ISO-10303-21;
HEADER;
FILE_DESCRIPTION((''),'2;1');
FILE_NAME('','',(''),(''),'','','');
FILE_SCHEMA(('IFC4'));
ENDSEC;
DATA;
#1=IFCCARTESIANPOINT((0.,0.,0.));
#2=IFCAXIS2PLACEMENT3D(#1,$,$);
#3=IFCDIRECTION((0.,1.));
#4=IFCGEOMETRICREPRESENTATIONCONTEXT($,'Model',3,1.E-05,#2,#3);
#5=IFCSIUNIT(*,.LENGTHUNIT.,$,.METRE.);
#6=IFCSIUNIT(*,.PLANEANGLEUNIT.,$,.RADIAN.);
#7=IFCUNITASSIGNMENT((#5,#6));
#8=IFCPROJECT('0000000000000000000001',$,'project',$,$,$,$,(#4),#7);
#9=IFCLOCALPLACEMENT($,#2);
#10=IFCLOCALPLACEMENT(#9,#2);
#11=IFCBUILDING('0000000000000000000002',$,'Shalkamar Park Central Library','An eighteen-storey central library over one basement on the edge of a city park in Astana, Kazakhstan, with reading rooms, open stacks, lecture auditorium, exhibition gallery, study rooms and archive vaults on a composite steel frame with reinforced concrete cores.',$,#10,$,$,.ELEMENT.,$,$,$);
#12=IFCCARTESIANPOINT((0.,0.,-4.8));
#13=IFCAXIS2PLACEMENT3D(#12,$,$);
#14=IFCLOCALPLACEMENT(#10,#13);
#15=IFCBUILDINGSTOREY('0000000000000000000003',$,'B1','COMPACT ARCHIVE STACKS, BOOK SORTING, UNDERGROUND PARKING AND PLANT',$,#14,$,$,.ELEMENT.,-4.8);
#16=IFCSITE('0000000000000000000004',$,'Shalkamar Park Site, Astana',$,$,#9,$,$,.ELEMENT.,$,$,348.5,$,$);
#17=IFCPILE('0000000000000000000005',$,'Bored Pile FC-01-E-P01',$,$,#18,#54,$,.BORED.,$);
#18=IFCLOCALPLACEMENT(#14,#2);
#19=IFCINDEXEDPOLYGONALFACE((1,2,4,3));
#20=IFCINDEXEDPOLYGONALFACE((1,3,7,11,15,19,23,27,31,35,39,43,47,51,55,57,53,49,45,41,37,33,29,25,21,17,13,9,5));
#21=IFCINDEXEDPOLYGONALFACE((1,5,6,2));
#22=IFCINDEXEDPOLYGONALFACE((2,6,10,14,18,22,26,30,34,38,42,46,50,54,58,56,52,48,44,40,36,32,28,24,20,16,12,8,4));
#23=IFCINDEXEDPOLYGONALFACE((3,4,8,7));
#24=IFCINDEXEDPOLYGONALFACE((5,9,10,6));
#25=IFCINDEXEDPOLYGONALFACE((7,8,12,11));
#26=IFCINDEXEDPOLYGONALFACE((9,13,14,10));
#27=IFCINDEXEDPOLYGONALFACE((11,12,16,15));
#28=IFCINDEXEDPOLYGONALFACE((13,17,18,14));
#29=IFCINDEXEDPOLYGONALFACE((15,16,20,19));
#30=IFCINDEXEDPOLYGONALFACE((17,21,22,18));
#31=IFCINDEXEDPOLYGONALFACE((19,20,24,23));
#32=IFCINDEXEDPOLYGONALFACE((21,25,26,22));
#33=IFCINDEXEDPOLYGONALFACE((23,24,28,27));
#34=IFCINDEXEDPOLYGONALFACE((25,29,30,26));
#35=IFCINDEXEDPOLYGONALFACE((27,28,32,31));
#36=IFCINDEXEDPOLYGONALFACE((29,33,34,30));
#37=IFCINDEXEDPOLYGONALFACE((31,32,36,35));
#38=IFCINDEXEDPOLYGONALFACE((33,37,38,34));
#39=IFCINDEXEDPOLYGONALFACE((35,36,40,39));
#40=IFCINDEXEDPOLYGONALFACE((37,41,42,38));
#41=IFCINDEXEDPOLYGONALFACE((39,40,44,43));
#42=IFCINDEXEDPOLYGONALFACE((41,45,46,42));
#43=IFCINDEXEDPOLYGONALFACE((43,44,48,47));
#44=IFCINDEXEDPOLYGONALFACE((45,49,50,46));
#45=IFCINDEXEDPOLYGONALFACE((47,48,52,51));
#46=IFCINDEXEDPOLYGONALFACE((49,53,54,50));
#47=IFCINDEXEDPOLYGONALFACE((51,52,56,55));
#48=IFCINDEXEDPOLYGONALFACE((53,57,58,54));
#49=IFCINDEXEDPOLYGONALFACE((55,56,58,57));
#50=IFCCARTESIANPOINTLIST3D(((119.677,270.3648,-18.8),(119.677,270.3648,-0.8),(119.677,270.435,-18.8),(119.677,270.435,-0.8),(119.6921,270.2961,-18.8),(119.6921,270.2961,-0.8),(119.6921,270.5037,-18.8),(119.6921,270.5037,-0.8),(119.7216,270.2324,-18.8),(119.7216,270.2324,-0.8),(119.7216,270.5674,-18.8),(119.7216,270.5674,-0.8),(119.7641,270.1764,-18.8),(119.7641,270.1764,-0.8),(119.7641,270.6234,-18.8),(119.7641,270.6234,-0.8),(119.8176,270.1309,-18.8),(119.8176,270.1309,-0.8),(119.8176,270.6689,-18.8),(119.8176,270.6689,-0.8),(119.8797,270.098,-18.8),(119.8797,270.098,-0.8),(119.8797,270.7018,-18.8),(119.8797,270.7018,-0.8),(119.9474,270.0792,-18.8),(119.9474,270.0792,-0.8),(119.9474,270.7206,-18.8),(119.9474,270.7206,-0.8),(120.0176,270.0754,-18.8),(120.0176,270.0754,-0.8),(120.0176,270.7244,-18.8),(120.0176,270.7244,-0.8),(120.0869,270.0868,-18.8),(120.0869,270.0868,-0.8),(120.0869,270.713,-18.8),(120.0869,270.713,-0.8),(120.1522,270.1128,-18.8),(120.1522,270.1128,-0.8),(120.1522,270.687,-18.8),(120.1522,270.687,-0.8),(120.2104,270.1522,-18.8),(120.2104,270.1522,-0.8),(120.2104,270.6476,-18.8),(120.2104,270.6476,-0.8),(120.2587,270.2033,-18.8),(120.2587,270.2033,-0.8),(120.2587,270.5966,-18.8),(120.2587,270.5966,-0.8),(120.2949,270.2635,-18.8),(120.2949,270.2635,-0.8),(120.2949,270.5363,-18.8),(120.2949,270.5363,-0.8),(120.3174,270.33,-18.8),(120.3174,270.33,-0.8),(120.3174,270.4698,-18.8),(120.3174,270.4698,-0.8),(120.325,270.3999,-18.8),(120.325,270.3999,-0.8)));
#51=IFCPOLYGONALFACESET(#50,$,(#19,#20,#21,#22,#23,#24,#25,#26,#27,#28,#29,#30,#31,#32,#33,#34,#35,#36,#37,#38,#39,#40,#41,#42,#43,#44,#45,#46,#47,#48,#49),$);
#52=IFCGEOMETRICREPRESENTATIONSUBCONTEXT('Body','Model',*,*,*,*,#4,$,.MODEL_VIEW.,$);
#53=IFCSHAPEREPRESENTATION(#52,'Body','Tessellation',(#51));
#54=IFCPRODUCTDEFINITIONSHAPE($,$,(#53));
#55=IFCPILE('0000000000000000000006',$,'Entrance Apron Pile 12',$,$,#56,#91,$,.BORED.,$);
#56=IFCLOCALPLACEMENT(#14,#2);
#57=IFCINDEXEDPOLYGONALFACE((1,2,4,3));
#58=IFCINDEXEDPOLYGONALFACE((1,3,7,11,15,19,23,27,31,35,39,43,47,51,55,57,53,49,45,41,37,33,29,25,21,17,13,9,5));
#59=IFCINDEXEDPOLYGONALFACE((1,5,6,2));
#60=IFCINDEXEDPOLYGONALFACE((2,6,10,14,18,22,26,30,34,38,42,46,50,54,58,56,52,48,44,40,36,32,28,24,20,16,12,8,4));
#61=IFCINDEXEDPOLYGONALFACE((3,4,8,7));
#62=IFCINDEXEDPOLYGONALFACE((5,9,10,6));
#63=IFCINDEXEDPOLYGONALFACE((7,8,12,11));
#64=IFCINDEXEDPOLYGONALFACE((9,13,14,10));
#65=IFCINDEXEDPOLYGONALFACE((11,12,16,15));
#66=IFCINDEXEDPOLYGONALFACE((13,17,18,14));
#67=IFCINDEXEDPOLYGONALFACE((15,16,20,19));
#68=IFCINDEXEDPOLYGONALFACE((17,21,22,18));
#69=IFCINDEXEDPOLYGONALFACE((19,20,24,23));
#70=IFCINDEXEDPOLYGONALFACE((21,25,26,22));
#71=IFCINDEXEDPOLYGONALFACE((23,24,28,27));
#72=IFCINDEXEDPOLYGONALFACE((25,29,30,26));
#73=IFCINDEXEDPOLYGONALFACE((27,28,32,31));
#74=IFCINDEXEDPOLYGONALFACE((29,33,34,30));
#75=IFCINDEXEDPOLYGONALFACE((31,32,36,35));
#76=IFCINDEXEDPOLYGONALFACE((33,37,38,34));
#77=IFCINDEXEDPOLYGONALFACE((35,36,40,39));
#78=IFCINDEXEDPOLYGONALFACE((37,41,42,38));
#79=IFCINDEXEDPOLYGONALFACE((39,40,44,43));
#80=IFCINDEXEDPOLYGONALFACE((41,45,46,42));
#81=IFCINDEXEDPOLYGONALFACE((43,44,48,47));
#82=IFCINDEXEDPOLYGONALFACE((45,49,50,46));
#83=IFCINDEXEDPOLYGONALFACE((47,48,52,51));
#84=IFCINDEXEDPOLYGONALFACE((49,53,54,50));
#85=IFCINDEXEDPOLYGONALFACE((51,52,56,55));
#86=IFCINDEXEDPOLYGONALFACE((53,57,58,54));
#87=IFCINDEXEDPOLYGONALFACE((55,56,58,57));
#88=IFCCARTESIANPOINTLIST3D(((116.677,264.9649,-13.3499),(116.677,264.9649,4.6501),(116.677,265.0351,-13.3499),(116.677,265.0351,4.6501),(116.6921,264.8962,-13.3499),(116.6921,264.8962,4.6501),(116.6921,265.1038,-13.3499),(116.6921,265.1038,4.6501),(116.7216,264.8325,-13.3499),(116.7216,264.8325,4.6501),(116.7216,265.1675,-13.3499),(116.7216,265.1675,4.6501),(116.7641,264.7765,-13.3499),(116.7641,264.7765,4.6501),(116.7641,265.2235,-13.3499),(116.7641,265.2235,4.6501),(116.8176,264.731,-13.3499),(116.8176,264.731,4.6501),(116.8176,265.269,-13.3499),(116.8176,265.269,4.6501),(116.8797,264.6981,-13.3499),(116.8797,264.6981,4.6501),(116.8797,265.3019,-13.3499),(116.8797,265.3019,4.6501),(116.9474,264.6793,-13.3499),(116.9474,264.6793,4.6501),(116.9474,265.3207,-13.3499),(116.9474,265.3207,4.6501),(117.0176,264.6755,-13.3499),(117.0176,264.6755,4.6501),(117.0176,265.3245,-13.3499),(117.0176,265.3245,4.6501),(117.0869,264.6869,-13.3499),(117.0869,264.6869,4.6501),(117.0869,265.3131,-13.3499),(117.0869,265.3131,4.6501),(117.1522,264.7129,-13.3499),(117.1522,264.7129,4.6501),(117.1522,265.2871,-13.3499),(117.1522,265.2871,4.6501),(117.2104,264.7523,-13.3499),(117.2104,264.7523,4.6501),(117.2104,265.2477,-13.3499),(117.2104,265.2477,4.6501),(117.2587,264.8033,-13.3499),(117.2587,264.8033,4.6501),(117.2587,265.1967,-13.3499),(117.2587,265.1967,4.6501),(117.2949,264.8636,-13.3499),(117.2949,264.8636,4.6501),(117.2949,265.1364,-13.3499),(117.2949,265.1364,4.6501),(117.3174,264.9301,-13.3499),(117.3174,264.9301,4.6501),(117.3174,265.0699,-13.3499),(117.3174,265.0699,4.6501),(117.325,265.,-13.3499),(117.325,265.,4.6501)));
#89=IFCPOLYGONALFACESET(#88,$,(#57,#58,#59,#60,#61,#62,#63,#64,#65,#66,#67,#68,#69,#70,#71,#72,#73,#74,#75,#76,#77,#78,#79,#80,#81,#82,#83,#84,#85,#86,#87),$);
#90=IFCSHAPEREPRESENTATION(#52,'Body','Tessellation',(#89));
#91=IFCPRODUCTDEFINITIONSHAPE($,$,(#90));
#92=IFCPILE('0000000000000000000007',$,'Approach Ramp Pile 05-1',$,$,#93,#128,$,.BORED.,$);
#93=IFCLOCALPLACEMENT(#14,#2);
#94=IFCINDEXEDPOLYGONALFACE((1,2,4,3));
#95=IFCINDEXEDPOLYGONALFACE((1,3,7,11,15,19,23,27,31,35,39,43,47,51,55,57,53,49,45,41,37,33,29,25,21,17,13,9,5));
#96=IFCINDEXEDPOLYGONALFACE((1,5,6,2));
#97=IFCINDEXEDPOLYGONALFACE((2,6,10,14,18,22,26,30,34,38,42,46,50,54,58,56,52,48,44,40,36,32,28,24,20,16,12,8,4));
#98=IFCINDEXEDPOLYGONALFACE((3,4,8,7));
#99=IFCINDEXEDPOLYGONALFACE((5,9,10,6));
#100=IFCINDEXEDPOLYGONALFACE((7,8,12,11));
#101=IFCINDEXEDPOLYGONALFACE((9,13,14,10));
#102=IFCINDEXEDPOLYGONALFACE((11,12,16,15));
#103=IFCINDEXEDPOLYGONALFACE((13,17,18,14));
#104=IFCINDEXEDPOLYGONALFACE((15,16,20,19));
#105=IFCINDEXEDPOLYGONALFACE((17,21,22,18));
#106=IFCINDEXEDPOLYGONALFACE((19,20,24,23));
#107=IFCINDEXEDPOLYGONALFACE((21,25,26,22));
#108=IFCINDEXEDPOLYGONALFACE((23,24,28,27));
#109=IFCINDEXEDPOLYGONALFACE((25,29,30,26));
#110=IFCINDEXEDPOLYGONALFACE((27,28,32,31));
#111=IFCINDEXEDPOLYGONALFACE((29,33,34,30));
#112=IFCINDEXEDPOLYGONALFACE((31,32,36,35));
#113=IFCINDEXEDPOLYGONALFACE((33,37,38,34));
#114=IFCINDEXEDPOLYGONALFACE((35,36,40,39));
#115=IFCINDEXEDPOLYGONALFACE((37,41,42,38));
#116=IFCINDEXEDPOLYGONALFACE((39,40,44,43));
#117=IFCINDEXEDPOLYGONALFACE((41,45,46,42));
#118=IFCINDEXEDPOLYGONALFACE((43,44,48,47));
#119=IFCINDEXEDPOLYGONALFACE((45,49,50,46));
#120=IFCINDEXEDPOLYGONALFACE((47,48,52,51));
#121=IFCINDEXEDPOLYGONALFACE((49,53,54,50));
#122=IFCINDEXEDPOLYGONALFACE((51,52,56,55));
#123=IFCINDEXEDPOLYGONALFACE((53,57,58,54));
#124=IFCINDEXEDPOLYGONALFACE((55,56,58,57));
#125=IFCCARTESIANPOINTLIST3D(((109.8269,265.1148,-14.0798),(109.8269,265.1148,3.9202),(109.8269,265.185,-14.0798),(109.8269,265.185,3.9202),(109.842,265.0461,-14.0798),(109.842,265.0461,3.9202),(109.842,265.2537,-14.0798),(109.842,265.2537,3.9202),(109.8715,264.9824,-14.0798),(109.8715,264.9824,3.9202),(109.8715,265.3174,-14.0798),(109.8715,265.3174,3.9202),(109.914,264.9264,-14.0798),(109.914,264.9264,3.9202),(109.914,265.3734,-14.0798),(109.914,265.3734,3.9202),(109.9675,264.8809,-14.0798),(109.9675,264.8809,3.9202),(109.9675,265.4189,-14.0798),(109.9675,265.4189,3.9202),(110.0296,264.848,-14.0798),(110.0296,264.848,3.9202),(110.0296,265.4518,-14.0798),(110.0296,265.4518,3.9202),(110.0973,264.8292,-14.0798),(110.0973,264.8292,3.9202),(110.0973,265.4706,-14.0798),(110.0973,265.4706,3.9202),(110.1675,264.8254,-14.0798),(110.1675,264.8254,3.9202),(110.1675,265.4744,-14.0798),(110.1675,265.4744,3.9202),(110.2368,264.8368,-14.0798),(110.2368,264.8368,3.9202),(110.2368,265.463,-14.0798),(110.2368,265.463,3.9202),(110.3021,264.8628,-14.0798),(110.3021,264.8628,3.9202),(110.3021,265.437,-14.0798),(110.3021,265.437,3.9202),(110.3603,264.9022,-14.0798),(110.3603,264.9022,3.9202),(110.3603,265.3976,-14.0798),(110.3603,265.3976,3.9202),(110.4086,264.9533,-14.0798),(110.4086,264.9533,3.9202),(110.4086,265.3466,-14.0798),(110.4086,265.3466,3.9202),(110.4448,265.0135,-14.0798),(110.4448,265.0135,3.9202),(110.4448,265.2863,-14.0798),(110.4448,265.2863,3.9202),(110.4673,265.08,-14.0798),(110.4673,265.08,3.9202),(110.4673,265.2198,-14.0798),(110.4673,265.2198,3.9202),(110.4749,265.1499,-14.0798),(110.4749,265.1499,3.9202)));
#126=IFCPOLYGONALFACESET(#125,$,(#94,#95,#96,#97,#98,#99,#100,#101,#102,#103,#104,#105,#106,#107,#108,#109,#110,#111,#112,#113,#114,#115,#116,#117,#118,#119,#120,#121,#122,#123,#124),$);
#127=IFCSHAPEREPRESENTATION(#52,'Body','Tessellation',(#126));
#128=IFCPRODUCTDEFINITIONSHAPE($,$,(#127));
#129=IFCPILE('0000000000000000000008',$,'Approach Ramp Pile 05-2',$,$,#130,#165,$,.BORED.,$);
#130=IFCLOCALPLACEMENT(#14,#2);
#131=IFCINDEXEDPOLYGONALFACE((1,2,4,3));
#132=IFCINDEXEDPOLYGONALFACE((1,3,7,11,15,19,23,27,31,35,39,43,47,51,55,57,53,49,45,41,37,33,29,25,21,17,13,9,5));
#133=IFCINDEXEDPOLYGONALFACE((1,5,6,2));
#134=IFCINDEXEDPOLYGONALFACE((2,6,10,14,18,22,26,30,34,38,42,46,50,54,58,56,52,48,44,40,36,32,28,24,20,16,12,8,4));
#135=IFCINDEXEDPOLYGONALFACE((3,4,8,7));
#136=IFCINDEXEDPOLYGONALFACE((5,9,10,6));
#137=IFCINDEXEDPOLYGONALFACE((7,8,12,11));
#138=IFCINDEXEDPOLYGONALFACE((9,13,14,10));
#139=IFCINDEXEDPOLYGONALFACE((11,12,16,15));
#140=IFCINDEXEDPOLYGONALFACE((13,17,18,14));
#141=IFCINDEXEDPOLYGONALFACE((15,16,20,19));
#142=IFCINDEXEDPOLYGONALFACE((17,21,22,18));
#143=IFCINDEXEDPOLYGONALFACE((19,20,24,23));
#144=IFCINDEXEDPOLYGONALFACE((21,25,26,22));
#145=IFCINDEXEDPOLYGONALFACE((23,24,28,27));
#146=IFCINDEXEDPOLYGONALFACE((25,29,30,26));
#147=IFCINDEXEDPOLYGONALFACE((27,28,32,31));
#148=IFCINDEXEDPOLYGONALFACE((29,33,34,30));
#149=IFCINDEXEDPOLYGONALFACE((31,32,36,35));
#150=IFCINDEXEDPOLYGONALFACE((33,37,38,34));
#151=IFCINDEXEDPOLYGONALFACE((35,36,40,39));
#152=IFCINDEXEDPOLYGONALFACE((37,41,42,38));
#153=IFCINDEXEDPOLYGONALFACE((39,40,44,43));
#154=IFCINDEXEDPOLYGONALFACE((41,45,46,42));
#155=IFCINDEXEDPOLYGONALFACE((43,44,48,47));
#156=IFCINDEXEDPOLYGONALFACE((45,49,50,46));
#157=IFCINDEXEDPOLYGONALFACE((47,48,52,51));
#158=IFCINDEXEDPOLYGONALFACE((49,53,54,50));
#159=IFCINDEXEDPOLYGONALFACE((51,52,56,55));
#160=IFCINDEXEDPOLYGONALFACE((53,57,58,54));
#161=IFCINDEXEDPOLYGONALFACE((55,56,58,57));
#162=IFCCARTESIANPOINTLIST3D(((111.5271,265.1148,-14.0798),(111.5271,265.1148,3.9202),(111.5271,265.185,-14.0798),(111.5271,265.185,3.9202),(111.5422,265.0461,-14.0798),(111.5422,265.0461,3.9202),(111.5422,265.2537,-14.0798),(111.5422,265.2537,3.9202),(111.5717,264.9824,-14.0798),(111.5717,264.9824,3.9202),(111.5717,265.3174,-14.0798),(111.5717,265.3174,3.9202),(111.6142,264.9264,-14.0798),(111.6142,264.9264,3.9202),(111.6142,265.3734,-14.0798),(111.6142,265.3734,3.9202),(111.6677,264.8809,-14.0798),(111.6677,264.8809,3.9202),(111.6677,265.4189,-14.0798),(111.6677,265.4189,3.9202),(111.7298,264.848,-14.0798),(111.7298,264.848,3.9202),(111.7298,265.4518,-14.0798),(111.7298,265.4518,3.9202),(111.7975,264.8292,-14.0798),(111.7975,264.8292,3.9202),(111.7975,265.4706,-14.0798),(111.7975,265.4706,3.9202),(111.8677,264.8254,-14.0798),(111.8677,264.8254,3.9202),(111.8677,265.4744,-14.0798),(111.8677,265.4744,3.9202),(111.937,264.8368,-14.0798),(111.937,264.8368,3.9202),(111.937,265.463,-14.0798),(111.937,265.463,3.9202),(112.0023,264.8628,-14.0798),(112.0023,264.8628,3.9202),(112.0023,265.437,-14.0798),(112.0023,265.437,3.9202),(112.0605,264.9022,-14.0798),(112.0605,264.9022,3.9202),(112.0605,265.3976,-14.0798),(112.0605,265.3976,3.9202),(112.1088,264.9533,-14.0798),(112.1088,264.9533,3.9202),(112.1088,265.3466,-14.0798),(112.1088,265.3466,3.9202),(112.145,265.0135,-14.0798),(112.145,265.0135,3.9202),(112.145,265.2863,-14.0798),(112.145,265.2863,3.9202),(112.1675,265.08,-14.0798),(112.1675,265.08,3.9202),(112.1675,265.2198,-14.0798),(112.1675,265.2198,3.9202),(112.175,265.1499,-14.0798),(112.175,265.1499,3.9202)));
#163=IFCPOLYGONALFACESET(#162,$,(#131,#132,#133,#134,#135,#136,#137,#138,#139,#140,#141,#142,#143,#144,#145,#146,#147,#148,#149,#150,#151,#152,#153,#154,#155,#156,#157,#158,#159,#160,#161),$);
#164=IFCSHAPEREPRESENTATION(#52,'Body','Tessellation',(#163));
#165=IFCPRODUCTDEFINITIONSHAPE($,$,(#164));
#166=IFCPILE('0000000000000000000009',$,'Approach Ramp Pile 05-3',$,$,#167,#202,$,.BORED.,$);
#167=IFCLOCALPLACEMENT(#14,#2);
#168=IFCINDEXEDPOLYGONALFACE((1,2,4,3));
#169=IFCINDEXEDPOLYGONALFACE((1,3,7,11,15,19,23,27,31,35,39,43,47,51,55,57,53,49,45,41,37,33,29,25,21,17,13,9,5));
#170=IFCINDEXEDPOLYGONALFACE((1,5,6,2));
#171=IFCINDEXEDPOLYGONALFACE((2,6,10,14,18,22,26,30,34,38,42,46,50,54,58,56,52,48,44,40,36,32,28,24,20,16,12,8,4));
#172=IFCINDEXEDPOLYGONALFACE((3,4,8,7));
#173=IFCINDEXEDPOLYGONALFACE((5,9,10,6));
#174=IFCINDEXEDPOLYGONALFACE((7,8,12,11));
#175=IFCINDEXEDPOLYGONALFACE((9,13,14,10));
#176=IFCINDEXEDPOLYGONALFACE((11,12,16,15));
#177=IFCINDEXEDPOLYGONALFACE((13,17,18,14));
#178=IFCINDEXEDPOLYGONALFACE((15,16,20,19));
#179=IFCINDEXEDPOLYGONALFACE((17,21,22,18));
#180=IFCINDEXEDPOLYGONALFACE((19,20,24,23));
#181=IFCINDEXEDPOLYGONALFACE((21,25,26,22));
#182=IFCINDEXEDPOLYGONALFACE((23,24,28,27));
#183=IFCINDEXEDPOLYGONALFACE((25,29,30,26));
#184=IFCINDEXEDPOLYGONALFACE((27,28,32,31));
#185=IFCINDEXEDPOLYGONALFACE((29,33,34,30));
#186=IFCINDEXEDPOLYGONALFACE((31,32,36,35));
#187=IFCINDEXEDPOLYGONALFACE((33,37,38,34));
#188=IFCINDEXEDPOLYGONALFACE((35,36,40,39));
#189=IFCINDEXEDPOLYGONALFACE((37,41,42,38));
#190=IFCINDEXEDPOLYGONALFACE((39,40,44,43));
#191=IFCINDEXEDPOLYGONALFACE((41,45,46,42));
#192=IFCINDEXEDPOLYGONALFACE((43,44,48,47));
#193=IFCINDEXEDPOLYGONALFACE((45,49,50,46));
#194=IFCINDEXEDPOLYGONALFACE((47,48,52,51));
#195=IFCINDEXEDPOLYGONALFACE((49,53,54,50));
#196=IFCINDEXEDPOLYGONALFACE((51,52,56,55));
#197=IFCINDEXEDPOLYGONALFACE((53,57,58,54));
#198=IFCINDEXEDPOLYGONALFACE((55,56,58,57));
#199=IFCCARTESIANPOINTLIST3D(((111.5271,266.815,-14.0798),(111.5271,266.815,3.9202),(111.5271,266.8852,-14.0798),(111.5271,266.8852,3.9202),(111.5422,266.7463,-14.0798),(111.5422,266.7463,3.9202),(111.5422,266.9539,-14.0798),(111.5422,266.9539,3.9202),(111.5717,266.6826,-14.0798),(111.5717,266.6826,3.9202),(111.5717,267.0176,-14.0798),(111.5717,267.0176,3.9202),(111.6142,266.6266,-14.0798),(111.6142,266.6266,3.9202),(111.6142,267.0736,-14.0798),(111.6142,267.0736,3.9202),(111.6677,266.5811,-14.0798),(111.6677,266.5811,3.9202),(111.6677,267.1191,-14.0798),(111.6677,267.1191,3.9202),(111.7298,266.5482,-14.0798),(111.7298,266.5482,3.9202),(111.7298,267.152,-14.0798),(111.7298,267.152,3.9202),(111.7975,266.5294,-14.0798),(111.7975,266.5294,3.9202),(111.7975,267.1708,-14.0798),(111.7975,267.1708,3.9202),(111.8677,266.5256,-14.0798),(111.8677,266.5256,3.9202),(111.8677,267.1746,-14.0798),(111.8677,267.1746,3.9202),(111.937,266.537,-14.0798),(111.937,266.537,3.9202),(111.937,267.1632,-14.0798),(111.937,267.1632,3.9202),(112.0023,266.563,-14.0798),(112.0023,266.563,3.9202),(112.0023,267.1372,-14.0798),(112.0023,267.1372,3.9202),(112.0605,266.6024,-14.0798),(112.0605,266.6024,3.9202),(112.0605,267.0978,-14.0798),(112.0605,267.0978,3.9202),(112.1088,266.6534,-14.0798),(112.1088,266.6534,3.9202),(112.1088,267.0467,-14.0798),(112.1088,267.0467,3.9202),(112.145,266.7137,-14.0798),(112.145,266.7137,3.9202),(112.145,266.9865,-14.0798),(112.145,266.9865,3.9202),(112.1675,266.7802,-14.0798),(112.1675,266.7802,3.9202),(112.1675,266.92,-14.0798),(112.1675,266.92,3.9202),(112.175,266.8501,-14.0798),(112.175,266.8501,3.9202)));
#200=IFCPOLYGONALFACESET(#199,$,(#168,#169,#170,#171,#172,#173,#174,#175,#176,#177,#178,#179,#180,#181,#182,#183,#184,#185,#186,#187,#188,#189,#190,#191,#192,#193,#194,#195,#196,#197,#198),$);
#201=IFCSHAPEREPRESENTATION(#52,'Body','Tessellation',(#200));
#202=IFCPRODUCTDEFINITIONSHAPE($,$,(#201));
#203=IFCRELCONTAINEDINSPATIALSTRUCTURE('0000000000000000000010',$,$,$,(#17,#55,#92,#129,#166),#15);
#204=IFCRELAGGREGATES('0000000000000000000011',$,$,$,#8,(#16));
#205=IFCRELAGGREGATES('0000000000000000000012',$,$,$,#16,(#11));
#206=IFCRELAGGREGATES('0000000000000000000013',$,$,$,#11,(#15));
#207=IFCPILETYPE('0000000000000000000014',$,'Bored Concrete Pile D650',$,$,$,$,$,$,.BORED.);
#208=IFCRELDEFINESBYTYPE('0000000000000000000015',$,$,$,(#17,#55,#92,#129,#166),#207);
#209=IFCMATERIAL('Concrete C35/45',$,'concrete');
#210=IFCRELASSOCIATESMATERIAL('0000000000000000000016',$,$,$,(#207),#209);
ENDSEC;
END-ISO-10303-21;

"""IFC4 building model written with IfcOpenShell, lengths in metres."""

from ifc_helpers import new_model, si_unit, direction, frame, origin, origin_2d, place, context, subcontext, project, spatial, circle, extrude, material, material_profile, profile_set, type_object, element, save


model = new_model("IFC4")

# Units and contexts
model_context = context("Model", 3, precision=1e-05, world=origin(), true_north=direction((0.0, 1.0)))
body_context = subcontext(model_context, "Body", "Model", "MODEL_VIEW")
ifc_project = project(units=[si_unit("LENGTHUNIT", "METRE"), si_unit("PLANEANGLEUNIT", "RADIAN")], contexts=[model_context])

# Site, building, storey
site_placement = place(None, origin())
site = spatial("IfcSite", under=ifc_project, at=site_placement, Name="Shalkamar Park Site, Astana", CompositionType="ELEMENT", RefElevation=348.5)
building_placement = place(site_placement, origin())
building = spatial("IfcBuilding", under=site, at=building_placement, Name="Shalkamar Park Central Library", Description="An eighteen-storey central library over one basement on the edge of a city park in Astana, Kazakhstan, with reading rooms, open stacks, lecture auditorium, exhibition gallery, study rooms and archive vaults on a composite steel frame with reinforced concrete cores.", CompositionType="ELEMENT")
storey_placement = place(building_placement, frame((0.0, 0.0, -4.8)))
storey = spatial("IfcBuildingStorey", under=building, at=storey_placement, Name="B1", Description="COMPACT ARCHIVE STACKS, BOOK SORTING, UNDERGROUND PARKING AND PLANT", CompositionType="ELEMENT", Elevation=-4.8)

# Piles
ifc_material_1 = material(Name="Concrete C35/45", Category="concrete")
ifc_material_profile_1 = material_profile(ifc_material_1, circle(Radius=0.325, at=origin_2d()), Name="PILE D650")
ifc_profile_set_1 = profile_set([ifc_material_profile_1], Name="Concrete C35/45")
pile_type_1 = type_object("IfcPileType", Name="Bored Concrete Pile D650", PredefinedType="BORED", material=ifc_profile_set_1)
for number, where, z_axis, x_axis, name in (
    (1, (120.0, 270.3999, -0.8), (0.0, 0.0, -1.0), (1.0, 0.0, 0.0), "Bored Pile FC-01-E-P01"),
    (2, (117.0, 265.0, 4.6501), (0.0, 0.0, -1.0), (1.0, 0.0, 0.0), "Entrance Apron Pile 12"),
    (3, (110.1499, 265.1499, 3.9202), (0.0, 0.0, -1.0), (1.0, 0.0, 0.0), "Approach Ramp Pile 05-1"),
    (4, (111.8501, 265.1499, 3.9202), (0.0, 0.0, -1.0), (1.0, 0.0, 0.0), "Approach Ramp Pile 05-2"),
    (5, (111.8501, 266.8501, 3.9202), (0.0, 0.0, -1.0), (1.0, 0.0, 0.0), "Approach Ramp Pile 05-3"),
):
    element("IfcPile", number, at=place(storey_placement, frame(where, z_axis=z_axis, x_axis=x_axis)), inside=storey, type_object=pile_type_1, Name=name, PredefinedType="BORED", context=body_context, shape_type="SweptSolid", body=[
        extrude(circle(Radius=0.325, at=origin_2d()), origin(), (0.0, 0.0, 1.0), 18.0),
    ])

save(model, "model.ifc")
